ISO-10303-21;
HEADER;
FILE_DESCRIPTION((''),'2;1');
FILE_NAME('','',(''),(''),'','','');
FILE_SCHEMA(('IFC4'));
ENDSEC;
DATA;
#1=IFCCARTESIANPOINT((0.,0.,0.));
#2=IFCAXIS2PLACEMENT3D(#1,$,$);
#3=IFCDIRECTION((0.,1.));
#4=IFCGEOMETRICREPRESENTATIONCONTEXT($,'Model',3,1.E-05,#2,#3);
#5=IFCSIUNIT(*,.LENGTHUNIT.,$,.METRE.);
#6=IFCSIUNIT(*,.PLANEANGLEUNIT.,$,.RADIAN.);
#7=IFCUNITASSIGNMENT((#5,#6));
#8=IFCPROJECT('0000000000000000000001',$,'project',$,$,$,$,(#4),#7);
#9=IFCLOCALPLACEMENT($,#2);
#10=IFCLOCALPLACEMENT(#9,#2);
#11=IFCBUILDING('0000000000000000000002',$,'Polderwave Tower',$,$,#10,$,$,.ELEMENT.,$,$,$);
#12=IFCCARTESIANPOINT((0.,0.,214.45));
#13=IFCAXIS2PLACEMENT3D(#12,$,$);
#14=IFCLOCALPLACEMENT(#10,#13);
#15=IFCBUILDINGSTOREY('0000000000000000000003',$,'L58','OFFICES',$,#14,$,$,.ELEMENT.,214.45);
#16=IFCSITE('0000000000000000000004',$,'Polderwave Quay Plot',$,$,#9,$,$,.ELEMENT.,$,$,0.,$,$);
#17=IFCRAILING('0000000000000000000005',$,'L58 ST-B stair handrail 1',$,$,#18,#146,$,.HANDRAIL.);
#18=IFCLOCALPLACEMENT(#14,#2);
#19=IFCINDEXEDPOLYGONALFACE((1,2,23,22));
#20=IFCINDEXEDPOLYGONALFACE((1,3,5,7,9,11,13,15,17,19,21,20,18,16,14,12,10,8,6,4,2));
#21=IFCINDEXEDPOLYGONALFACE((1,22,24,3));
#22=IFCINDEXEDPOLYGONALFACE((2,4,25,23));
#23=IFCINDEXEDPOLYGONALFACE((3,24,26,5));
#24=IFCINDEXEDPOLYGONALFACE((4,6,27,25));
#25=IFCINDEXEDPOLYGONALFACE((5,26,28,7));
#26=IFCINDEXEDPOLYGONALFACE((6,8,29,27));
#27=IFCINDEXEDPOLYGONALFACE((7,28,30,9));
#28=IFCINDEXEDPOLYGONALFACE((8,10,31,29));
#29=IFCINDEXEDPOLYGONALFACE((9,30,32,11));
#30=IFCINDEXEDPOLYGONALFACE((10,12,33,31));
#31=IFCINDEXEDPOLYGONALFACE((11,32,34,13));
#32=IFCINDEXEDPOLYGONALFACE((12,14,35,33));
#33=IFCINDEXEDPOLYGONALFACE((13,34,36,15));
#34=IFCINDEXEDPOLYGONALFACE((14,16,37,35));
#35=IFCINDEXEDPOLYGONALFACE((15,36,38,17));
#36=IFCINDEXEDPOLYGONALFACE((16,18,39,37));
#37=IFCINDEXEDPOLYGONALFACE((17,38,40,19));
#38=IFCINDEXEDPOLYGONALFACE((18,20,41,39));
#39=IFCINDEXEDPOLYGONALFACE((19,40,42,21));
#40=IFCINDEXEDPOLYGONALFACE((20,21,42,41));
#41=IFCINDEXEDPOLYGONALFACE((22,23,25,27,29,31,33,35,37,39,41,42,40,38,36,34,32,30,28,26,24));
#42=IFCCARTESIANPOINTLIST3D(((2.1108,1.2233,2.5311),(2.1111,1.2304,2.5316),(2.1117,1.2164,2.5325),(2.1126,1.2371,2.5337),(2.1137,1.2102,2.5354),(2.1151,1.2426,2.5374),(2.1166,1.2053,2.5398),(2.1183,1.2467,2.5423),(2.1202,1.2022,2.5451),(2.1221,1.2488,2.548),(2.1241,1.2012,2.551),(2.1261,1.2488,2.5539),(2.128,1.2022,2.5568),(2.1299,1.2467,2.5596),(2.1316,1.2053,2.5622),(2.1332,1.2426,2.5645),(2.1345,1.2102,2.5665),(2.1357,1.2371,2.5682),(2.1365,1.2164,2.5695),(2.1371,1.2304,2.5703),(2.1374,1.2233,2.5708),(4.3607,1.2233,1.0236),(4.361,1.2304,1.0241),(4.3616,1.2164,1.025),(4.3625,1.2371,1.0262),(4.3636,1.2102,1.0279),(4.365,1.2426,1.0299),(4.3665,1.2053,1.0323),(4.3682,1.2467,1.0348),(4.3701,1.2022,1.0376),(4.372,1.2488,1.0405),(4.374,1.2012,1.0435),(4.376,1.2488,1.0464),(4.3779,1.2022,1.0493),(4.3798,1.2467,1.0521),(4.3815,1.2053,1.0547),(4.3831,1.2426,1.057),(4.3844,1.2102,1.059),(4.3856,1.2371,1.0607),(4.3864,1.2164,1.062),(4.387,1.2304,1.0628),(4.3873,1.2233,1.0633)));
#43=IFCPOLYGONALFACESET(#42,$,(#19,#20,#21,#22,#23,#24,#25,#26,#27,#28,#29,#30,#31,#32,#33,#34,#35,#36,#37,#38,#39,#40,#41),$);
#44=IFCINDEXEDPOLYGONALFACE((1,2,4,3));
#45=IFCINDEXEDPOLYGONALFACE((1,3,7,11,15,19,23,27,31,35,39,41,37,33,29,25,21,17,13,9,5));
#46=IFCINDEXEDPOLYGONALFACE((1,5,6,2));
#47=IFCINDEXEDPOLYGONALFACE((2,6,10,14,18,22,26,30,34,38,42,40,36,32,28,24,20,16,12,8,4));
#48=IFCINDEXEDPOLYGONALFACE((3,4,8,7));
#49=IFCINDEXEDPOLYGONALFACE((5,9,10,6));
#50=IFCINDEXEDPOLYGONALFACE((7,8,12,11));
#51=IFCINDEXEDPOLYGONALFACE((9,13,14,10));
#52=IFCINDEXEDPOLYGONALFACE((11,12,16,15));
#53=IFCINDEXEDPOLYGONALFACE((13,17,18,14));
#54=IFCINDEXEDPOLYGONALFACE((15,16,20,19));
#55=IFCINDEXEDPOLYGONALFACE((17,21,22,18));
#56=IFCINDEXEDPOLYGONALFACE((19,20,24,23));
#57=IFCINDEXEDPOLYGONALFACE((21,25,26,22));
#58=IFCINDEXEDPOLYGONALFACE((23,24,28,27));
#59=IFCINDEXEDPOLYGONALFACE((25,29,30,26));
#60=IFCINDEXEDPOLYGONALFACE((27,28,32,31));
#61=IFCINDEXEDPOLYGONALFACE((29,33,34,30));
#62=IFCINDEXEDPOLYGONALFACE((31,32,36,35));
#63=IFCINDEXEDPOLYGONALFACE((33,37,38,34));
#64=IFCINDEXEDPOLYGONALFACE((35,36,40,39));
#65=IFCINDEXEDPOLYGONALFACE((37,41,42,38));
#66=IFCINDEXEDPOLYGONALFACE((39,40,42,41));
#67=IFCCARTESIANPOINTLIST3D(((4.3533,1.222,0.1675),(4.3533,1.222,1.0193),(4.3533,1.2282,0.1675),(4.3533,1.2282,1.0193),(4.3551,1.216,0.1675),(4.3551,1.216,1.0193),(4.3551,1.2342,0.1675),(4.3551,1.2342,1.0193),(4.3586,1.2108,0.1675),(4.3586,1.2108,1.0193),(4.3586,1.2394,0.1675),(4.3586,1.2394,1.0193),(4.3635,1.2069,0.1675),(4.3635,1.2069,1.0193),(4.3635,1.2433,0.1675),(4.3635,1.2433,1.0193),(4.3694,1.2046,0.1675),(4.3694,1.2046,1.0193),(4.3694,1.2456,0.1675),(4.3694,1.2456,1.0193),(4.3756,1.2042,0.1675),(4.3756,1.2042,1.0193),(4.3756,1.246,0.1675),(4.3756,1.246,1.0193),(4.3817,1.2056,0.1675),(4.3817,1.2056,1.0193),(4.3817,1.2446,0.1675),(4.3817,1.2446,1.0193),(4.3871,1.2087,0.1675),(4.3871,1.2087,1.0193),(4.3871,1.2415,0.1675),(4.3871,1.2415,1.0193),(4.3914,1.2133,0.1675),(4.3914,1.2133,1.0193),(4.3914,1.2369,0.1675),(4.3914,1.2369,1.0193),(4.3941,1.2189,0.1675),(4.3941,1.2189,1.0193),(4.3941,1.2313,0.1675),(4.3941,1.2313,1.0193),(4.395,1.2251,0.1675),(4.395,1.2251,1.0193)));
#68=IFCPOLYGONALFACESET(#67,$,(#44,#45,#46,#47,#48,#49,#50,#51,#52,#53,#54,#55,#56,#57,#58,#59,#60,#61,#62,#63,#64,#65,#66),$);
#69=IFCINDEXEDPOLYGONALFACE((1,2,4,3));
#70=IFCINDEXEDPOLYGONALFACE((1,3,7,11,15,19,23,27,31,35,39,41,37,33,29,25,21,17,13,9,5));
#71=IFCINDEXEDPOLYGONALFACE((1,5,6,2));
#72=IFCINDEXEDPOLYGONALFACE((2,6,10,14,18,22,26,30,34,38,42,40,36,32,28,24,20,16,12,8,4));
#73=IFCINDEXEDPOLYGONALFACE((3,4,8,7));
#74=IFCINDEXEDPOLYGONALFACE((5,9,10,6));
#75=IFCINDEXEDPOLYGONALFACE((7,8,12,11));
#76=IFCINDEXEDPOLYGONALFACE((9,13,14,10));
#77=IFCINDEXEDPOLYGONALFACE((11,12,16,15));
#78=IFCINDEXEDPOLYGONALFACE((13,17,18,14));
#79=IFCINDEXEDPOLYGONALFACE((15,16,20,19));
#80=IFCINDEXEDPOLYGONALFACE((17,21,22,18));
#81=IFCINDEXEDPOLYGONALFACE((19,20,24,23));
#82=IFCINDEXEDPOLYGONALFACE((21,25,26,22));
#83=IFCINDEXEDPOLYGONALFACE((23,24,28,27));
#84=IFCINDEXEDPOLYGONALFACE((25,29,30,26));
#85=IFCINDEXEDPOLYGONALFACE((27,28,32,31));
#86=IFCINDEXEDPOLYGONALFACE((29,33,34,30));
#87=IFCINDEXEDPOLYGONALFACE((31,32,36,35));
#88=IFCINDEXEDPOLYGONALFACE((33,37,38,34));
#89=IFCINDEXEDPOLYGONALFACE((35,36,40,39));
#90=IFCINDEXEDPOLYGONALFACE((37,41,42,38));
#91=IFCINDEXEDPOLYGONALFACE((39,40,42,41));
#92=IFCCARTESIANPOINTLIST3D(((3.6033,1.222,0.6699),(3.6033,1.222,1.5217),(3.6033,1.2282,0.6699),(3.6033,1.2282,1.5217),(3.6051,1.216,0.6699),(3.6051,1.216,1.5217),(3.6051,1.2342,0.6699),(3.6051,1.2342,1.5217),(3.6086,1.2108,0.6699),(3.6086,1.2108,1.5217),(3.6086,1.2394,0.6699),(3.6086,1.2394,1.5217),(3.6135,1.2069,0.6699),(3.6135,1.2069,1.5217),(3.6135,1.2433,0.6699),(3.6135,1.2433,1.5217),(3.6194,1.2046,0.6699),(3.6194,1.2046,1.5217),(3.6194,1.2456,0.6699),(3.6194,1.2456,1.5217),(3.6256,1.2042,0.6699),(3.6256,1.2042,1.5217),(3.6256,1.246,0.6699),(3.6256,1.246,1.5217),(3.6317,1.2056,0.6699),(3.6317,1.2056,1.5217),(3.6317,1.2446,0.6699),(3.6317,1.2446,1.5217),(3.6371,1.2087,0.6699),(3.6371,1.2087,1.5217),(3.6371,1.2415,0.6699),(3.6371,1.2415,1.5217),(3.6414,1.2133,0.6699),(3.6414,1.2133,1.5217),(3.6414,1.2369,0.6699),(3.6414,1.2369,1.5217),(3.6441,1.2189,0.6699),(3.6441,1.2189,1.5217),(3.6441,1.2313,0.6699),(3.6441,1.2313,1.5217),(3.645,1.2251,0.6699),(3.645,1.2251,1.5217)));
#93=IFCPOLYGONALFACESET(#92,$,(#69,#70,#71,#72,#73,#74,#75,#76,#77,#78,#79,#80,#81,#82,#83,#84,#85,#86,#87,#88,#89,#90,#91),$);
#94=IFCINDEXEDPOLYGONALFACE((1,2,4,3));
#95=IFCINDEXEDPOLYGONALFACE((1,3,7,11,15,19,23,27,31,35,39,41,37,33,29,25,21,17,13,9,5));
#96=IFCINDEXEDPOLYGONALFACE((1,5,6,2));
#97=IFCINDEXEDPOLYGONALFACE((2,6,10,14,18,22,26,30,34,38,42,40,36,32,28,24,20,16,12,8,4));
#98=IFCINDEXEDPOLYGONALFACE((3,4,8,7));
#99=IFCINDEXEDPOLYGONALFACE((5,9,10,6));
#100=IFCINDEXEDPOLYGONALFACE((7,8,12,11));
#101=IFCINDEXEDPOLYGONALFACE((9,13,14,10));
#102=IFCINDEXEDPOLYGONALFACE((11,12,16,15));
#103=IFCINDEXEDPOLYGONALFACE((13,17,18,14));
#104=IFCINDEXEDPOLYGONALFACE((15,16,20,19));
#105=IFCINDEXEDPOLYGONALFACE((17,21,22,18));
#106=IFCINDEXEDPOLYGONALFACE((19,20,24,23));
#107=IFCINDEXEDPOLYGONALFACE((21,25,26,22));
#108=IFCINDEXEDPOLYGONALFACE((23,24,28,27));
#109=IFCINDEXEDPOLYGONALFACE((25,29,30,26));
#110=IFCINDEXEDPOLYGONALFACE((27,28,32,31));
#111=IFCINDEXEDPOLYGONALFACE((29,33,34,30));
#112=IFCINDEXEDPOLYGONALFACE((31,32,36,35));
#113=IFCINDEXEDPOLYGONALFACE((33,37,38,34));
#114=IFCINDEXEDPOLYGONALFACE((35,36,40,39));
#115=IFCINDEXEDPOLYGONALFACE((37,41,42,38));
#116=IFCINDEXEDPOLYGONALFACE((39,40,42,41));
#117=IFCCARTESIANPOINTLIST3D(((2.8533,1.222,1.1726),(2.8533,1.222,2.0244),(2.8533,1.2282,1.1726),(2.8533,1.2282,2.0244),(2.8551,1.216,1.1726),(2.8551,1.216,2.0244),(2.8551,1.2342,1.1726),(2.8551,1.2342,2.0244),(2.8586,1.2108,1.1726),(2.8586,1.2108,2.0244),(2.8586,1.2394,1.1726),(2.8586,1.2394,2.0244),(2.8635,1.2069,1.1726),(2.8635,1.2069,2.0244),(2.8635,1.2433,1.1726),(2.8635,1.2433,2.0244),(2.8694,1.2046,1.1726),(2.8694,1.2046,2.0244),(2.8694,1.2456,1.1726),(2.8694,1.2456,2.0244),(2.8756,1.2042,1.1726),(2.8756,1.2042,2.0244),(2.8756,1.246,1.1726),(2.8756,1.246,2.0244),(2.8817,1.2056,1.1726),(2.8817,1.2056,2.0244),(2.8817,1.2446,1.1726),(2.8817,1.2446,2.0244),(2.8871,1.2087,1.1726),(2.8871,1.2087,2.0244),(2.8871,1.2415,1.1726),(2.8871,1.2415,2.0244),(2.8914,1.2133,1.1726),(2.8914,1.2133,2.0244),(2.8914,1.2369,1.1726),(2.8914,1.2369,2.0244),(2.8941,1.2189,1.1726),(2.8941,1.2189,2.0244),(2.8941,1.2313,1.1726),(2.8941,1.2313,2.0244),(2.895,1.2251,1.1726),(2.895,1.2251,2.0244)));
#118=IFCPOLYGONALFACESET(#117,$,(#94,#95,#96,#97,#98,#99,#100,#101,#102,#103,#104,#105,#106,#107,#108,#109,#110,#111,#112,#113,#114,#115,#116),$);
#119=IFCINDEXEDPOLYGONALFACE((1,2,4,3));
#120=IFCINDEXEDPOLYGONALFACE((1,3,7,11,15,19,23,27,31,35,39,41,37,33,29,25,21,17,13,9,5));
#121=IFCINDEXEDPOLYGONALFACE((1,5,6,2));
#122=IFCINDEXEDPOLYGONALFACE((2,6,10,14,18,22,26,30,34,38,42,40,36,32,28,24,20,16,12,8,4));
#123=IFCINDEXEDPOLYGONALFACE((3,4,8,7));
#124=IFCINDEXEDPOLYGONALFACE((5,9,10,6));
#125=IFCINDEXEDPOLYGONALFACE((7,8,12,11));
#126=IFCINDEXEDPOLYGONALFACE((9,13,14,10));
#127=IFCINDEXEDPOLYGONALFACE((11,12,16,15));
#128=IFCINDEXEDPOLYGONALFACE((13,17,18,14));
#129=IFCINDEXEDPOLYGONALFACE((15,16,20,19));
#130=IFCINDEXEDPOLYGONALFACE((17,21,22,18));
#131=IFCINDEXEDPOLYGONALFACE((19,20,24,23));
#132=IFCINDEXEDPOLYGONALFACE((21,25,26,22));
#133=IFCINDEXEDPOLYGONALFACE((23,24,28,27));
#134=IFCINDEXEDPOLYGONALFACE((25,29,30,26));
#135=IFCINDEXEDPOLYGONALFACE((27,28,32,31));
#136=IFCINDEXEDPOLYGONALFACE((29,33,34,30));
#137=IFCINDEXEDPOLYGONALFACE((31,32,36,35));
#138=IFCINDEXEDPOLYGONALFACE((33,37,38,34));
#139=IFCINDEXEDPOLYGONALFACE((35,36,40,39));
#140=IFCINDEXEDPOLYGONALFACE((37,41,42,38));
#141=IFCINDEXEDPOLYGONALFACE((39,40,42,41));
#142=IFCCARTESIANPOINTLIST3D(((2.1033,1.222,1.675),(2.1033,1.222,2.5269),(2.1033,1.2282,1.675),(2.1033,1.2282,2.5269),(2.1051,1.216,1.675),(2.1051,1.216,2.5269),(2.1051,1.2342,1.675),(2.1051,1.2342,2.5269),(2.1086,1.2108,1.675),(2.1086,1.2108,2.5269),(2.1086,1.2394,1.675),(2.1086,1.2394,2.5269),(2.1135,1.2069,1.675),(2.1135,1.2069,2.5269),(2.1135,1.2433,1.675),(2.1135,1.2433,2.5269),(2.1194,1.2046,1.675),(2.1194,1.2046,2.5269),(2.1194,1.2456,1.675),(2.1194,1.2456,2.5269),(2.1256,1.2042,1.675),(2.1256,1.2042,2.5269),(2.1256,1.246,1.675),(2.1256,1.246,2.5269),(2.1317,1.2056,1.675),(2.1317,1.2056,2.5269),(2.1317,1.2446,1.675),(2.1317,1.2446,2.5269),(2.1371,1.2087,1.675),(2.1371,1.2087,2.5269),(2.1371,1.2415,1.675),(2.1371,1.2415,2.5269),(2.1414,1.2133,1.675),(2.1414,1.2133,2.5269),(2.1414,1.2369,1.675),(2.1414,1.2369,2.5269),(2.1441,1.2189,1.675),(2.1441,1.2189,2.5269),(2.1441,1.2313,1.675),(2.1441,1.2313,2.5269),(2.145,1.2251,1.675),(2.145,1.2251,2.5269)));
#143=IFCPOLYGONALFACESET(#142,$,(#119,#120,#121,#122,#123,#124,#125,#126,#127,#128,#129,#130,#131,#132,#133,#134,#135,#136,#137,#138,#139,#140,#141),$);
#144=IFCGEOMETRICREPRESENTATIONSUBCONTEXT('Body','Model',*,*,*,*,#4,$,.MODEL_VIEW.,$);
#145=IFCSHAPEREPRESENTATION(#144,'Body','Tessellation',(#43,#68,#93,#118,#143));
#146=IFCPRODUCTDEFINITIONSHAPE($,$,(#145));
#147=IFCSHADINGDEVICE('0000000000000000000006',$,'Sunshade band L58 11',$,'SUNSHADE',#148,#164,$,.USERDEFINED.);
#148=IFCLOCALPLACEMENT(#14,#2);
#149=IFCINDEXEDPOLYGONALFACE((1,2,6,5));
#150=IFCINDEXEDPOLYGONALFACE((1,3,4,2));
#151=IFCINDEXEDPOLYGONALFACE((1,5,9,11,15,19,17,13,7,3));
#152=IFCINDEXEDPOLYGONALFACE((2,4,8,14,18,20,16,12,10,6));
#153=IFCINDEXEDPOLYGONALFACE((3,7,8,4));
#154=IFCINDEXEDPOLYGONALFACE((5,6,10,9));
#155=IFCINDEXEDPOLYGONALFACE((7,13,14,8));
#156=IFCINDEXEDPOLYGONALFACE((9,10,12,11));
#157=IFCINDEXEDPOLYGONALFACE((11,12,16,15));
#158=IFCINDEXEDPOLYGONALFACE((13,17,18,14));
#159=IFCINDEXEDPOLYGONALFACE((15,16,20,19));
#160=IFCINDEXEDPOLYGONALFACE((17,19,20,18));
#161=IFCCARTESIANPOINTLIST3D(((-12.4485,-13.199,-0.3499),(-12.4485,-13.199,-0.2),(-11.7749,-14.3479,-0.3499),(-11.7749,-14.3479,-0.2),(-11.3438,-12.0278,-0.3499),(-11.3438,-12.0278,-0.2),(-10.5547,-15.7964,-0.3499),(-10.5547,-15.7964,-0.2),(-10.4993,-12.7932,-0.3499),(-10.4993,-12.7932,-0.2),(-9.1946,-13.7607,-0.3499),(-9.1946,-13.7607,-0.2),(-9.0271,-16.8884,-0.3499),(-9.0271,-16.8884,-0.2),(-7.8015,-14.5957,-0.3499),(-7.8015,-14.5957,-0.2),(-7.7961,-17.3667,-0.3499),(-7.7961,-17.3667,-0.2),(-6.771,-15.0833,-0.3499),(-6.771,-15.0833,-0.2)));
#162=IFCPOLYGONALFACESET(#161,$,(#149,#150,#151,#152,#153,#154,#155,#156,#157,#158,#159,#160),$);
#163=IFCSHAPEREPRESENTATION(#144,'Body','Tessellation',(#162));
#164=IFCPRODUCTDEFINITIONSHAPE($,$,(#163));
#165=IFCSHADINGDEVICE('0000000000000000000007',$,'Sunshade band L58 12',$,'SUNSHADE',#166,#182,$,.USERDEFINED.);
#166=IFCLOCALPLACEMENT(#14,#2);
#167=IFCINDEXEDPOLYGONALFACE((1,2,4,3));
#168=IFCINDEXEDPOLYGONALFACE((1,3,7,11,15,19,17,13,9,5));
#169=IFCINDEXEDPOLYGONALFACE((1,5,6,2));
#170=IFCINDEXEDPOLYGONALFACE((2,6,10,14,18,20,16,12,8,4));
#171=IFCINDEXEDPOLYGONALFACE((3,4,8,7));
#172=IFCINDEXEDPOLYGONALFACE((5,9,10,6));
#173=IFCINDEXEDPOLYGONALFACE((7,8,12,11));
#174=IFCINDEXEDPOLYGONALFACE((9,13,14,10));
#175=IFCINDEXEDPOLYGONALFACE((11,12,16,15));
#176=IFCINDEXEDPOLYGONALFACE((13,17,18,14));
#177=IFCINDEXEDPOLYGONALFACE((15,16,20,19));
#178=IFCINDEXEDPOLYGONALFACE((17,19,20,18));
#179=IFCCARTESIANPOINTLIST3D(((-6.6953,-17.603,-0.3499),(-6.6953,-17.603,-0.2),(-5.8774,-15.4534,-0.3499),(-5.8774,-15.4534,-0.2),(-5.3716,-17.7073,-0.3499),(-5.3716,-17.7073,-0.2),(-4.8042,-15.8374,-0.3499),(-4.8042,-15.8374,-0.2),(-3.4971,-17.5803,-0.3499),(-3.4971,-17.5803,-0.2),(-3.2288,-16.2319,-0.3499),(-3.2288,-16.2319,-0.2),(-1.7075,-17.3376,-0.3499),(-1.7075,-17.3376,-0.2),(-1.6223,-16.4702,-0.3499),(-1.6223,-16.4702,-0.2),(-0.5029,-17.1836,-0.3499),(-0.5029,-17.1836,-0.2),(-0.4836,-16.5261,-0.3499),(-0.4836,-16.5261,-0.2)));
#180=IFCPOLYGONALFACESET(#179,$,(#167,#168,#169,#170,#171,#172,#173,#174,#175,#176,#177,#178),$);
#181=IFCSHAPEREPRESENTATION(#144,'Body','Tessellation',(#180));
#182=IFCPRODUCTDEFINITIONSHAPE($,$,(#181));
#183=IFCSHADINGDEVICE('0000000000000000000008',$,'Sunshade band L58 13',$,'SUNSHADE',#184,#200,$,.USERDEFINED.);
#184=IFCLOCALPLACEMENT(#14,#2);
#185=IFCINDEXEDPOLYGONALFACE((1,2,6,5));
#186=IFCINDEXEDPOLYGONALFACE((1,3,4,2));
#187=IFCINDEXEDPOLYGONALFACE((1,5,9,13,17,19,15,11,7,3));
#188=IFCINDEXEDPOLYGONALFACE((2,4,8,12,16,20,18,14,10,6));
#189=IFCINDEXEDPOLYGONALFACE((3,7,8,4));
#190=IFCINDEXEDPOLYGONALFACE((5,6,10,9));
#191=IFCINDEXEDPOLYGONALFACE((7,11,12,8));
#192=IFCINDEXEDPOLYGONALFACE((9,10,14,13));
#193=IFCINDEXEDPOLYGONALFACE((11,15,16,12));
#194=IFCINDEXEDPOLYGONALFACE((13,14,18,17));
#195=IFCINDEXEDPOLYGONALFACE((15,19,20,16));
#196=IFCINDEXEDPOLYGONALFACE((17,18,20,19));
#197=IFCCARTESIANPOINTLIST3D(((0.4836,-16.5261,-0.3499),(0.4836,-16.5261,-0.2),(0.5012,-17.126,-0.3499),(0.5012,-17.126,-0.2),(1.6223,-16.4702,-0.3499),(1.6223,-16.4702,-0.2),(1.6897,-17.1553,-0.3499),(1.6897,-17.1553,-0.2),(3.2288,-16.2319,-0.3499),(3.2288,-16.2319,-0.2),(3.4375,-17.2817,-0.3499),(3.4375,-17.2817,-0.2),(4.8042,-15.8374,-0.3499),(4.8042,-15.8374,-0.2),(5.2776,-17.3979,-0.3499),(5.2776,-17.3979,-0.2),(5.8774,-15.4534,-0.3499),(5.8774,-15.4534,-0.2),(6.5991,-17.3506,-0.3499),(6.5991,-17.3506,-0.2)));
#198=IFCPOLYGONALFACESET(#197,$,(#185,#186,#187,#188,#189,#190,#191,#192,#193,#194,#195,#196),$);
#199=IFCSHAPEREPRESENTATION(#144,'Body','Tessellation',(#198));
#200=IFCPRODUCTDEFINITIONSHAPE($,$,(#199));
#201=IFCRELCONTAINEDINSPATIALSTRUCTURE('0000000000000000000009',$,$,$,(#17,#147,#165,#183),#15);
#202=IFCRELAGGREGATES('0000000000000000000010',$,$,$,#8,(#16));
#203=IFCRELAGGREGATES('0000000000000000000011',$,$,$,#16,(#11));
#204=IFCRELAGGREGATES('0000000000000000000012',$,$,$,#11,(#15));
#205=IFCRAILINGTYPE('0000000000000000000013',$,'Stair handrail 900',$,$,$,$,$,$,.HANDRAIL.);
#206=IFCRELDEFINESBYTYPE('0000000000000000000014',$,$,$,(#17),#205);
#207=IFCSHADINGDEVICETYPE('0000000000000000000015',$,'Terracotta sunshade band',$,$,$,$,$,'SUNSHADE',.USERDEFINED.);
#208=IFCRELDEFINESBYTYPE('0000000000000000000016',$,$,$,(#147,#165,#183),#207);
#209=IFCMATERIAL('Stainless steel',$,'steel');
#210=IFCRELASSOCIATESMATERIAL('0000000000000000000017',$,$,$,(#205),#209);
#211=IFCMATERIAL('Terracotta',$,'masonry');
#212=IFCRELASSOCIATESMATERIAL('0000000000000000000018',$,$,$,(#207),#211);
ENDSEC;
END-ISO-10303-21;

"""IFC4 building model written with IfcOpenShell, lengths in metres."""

from ifc_helpers import new_model, si_unit, direction, frame, origin, origin_2d, place, context, subcontext, project, spatial, polyline, circle, outline, extrude, material, type_object, element, save


model = new_model("IFC4")

# Units and contexts
model_context = context("Model", 3, precision=1e-05, world=origin(), true_north=direction((0.0, 1.0)))
body_context = subcontext(model_context, "Body", "Model", "MODEL_VIEW")
ifc_project = project(units=[si_unit("LENGTHUNIT", "METRE"), si_unit("PLANEANGLEUNIT", "RADIAN")], contexts=[model_context])

# Site, building, storey
site_placement = place(None, origin())
site = spatial("IfcSite", under=ifc_project, at=site_placement, Name="Polderwave Quay Plot", CompositionType="ELEMENT", RefElevation=0.0)
building_placement = place(site_placement, origin())
building = spatial("IfcBuilding", under=site, at=building_placement, Name="Polderwave Tower", CompositionType="ELEMENT")
storey_placement = place(building_placement, frame((0.0, 0.0, 214.45)))
storey = spatial("IfcBuildingStorey", under=building, at=storey_placement, Name="L58", Description="OFFICES", CompositionType="ELEMENT", Elevation=214.45)

# Railing
ifc_material_1 = material(Name="Stainless steel", Category="steel")
railing_type_1 = type_object("IfcRailingType", Name="Stair handrail 900", PredefinedType="HANDRAIL", material=ifc_material_1)
railing_1_placement = place(storey_placement, frame((4.374, 1.2251, 0.1675)))
element("IfcRailing", 1, at=railing_1_placement, inside=storey, type_object=railing_type_1, Name="L58 ST-B stair handrail 1", PredefinedType="HANDRAIL", context=body_context, shape_type="SweptSolid", body=[
    extrude(circle(Radius=0.0239, at=origin_2d()), frame((0.0, 0.0, 0.876), z_axis=(-0.830758, 0.0, 0.556633), x_axis=(0.0, -1.0, 0.0)), (0.0, 0.0, 1.0), 2.7083),
    extrude(circle(Radius=0.021, at=origin_2d()), origin(), (0.0, 0.0, 1.0), 0.8518),
    extrude(circle(Radius=0.021, at=origin_2d()), frame((-0.75, 0.0, 0.5024)), (0.0, 0.0, 1.0), 0.8518),
    extrude(circle(Radius=0.021, at=origin_2d()), frame((-1.5, 0.0, 1.0051)), (0.0, 0.0, 1.0), 0.8518),
    extrude(circle(Radius=0.021, at=origin_2d()), frame((-2.25, 0.0, 1.5076)), (0.0, 0.0, 1.0), 0.8518),
])

# Shading devices
ifc_material_2 = material(Name="Terracotta", Category="masonry")
shading_device_type = type_object("IfcShadingDeviceType", Name="Terracotta sunshade band", ElementType="SUNSHADE", PredefinedType="USERDEFINED", material=ifc_material_2)
shading_device_1_placement = place(storey_placement, frame((0.0, 0.0, -0.3499)))
element("IfcShadingDevice", 2, at=shading_device_1_placement, inside=storey, type_object=shading_device_type, Name="Sunshade band L58 11", ObjectType="SUNSHADE", PredefinedType="USERDEFINED", context=body_context, shape_type="SweptSolid", body=[
    extrude(outline(polyline([(-11.3438, -12.0278), (-10.4993, -12.7932), (-9.1946, -13.7607), (-7.8015, -14.5957), (-6.771, -15.0833), (-7.7961, -17.3667), (-9.0271, -16.8884), (-10.5547, -15.7964), (-11.7749, -14.3479), (-12.4485, -13.199), (-11.3438, -12.0278)])), origin(), (0.0, 0.0, 1.0), 0.1499),
])
shading_device_2_placement = place(storey_placement, frame((0.0, 0.0, -0.3499)))
element("IfcShadingDevice", 3, at=shading_device_2_placement, inside=storey, type_object=shading_device_type, Name="Sunshade band L58 12", ObjectType="SUNSHADE", PredefinedType="USERDEFINED", context=body_context, shape_type="SweptSolid", body=[
    extrude(outline(polyline([(-5.8774, -15.4534), (-4.8042, -15.8374), (-3.2288, -16.2319), (-1.6223, -16.4702), (-0.4836, -16.5261), (-0.5029, -17.1836), (-1.7075, -17.3376), (-3.4971, -17.5803), (-5.3716, -17.7073), (-6.6953, -17.603), (-5.8774, -15.4534)])), origin(), (0.0, 0.0, 1.0), 0.1499),
])
shading_device_3_placement = place(storey_placement, frame((0.0, 0.0, -0.3499)))
element("IfcShadingDevice", 4, at=shading_device_3_placement, inside=storey, type_object=shading_device_type, Name="Sunshade band L58 13", ObjectType="SUNSHADE", PredefinedType="USERDEFINED", context=body_context, shape_type="SweptSolid", body=[
    extrude(outline(polyline([(0.4836, -16.5261), (1.6223, -16.4702), (3.2288, -16.2319), (4.8042, -15.8374), (5.8774, -15.4534), (6.5991, -17.3506), (5.2776, -17.3979), (3.4375, -17.2817), (1.6897, -17.1553), (0.5012, -17.126), (0.4836, -16.5261)])), origin(), (0.0, 0.0, 1.0), 0.1499),
])

save(model, "model.ifc")
